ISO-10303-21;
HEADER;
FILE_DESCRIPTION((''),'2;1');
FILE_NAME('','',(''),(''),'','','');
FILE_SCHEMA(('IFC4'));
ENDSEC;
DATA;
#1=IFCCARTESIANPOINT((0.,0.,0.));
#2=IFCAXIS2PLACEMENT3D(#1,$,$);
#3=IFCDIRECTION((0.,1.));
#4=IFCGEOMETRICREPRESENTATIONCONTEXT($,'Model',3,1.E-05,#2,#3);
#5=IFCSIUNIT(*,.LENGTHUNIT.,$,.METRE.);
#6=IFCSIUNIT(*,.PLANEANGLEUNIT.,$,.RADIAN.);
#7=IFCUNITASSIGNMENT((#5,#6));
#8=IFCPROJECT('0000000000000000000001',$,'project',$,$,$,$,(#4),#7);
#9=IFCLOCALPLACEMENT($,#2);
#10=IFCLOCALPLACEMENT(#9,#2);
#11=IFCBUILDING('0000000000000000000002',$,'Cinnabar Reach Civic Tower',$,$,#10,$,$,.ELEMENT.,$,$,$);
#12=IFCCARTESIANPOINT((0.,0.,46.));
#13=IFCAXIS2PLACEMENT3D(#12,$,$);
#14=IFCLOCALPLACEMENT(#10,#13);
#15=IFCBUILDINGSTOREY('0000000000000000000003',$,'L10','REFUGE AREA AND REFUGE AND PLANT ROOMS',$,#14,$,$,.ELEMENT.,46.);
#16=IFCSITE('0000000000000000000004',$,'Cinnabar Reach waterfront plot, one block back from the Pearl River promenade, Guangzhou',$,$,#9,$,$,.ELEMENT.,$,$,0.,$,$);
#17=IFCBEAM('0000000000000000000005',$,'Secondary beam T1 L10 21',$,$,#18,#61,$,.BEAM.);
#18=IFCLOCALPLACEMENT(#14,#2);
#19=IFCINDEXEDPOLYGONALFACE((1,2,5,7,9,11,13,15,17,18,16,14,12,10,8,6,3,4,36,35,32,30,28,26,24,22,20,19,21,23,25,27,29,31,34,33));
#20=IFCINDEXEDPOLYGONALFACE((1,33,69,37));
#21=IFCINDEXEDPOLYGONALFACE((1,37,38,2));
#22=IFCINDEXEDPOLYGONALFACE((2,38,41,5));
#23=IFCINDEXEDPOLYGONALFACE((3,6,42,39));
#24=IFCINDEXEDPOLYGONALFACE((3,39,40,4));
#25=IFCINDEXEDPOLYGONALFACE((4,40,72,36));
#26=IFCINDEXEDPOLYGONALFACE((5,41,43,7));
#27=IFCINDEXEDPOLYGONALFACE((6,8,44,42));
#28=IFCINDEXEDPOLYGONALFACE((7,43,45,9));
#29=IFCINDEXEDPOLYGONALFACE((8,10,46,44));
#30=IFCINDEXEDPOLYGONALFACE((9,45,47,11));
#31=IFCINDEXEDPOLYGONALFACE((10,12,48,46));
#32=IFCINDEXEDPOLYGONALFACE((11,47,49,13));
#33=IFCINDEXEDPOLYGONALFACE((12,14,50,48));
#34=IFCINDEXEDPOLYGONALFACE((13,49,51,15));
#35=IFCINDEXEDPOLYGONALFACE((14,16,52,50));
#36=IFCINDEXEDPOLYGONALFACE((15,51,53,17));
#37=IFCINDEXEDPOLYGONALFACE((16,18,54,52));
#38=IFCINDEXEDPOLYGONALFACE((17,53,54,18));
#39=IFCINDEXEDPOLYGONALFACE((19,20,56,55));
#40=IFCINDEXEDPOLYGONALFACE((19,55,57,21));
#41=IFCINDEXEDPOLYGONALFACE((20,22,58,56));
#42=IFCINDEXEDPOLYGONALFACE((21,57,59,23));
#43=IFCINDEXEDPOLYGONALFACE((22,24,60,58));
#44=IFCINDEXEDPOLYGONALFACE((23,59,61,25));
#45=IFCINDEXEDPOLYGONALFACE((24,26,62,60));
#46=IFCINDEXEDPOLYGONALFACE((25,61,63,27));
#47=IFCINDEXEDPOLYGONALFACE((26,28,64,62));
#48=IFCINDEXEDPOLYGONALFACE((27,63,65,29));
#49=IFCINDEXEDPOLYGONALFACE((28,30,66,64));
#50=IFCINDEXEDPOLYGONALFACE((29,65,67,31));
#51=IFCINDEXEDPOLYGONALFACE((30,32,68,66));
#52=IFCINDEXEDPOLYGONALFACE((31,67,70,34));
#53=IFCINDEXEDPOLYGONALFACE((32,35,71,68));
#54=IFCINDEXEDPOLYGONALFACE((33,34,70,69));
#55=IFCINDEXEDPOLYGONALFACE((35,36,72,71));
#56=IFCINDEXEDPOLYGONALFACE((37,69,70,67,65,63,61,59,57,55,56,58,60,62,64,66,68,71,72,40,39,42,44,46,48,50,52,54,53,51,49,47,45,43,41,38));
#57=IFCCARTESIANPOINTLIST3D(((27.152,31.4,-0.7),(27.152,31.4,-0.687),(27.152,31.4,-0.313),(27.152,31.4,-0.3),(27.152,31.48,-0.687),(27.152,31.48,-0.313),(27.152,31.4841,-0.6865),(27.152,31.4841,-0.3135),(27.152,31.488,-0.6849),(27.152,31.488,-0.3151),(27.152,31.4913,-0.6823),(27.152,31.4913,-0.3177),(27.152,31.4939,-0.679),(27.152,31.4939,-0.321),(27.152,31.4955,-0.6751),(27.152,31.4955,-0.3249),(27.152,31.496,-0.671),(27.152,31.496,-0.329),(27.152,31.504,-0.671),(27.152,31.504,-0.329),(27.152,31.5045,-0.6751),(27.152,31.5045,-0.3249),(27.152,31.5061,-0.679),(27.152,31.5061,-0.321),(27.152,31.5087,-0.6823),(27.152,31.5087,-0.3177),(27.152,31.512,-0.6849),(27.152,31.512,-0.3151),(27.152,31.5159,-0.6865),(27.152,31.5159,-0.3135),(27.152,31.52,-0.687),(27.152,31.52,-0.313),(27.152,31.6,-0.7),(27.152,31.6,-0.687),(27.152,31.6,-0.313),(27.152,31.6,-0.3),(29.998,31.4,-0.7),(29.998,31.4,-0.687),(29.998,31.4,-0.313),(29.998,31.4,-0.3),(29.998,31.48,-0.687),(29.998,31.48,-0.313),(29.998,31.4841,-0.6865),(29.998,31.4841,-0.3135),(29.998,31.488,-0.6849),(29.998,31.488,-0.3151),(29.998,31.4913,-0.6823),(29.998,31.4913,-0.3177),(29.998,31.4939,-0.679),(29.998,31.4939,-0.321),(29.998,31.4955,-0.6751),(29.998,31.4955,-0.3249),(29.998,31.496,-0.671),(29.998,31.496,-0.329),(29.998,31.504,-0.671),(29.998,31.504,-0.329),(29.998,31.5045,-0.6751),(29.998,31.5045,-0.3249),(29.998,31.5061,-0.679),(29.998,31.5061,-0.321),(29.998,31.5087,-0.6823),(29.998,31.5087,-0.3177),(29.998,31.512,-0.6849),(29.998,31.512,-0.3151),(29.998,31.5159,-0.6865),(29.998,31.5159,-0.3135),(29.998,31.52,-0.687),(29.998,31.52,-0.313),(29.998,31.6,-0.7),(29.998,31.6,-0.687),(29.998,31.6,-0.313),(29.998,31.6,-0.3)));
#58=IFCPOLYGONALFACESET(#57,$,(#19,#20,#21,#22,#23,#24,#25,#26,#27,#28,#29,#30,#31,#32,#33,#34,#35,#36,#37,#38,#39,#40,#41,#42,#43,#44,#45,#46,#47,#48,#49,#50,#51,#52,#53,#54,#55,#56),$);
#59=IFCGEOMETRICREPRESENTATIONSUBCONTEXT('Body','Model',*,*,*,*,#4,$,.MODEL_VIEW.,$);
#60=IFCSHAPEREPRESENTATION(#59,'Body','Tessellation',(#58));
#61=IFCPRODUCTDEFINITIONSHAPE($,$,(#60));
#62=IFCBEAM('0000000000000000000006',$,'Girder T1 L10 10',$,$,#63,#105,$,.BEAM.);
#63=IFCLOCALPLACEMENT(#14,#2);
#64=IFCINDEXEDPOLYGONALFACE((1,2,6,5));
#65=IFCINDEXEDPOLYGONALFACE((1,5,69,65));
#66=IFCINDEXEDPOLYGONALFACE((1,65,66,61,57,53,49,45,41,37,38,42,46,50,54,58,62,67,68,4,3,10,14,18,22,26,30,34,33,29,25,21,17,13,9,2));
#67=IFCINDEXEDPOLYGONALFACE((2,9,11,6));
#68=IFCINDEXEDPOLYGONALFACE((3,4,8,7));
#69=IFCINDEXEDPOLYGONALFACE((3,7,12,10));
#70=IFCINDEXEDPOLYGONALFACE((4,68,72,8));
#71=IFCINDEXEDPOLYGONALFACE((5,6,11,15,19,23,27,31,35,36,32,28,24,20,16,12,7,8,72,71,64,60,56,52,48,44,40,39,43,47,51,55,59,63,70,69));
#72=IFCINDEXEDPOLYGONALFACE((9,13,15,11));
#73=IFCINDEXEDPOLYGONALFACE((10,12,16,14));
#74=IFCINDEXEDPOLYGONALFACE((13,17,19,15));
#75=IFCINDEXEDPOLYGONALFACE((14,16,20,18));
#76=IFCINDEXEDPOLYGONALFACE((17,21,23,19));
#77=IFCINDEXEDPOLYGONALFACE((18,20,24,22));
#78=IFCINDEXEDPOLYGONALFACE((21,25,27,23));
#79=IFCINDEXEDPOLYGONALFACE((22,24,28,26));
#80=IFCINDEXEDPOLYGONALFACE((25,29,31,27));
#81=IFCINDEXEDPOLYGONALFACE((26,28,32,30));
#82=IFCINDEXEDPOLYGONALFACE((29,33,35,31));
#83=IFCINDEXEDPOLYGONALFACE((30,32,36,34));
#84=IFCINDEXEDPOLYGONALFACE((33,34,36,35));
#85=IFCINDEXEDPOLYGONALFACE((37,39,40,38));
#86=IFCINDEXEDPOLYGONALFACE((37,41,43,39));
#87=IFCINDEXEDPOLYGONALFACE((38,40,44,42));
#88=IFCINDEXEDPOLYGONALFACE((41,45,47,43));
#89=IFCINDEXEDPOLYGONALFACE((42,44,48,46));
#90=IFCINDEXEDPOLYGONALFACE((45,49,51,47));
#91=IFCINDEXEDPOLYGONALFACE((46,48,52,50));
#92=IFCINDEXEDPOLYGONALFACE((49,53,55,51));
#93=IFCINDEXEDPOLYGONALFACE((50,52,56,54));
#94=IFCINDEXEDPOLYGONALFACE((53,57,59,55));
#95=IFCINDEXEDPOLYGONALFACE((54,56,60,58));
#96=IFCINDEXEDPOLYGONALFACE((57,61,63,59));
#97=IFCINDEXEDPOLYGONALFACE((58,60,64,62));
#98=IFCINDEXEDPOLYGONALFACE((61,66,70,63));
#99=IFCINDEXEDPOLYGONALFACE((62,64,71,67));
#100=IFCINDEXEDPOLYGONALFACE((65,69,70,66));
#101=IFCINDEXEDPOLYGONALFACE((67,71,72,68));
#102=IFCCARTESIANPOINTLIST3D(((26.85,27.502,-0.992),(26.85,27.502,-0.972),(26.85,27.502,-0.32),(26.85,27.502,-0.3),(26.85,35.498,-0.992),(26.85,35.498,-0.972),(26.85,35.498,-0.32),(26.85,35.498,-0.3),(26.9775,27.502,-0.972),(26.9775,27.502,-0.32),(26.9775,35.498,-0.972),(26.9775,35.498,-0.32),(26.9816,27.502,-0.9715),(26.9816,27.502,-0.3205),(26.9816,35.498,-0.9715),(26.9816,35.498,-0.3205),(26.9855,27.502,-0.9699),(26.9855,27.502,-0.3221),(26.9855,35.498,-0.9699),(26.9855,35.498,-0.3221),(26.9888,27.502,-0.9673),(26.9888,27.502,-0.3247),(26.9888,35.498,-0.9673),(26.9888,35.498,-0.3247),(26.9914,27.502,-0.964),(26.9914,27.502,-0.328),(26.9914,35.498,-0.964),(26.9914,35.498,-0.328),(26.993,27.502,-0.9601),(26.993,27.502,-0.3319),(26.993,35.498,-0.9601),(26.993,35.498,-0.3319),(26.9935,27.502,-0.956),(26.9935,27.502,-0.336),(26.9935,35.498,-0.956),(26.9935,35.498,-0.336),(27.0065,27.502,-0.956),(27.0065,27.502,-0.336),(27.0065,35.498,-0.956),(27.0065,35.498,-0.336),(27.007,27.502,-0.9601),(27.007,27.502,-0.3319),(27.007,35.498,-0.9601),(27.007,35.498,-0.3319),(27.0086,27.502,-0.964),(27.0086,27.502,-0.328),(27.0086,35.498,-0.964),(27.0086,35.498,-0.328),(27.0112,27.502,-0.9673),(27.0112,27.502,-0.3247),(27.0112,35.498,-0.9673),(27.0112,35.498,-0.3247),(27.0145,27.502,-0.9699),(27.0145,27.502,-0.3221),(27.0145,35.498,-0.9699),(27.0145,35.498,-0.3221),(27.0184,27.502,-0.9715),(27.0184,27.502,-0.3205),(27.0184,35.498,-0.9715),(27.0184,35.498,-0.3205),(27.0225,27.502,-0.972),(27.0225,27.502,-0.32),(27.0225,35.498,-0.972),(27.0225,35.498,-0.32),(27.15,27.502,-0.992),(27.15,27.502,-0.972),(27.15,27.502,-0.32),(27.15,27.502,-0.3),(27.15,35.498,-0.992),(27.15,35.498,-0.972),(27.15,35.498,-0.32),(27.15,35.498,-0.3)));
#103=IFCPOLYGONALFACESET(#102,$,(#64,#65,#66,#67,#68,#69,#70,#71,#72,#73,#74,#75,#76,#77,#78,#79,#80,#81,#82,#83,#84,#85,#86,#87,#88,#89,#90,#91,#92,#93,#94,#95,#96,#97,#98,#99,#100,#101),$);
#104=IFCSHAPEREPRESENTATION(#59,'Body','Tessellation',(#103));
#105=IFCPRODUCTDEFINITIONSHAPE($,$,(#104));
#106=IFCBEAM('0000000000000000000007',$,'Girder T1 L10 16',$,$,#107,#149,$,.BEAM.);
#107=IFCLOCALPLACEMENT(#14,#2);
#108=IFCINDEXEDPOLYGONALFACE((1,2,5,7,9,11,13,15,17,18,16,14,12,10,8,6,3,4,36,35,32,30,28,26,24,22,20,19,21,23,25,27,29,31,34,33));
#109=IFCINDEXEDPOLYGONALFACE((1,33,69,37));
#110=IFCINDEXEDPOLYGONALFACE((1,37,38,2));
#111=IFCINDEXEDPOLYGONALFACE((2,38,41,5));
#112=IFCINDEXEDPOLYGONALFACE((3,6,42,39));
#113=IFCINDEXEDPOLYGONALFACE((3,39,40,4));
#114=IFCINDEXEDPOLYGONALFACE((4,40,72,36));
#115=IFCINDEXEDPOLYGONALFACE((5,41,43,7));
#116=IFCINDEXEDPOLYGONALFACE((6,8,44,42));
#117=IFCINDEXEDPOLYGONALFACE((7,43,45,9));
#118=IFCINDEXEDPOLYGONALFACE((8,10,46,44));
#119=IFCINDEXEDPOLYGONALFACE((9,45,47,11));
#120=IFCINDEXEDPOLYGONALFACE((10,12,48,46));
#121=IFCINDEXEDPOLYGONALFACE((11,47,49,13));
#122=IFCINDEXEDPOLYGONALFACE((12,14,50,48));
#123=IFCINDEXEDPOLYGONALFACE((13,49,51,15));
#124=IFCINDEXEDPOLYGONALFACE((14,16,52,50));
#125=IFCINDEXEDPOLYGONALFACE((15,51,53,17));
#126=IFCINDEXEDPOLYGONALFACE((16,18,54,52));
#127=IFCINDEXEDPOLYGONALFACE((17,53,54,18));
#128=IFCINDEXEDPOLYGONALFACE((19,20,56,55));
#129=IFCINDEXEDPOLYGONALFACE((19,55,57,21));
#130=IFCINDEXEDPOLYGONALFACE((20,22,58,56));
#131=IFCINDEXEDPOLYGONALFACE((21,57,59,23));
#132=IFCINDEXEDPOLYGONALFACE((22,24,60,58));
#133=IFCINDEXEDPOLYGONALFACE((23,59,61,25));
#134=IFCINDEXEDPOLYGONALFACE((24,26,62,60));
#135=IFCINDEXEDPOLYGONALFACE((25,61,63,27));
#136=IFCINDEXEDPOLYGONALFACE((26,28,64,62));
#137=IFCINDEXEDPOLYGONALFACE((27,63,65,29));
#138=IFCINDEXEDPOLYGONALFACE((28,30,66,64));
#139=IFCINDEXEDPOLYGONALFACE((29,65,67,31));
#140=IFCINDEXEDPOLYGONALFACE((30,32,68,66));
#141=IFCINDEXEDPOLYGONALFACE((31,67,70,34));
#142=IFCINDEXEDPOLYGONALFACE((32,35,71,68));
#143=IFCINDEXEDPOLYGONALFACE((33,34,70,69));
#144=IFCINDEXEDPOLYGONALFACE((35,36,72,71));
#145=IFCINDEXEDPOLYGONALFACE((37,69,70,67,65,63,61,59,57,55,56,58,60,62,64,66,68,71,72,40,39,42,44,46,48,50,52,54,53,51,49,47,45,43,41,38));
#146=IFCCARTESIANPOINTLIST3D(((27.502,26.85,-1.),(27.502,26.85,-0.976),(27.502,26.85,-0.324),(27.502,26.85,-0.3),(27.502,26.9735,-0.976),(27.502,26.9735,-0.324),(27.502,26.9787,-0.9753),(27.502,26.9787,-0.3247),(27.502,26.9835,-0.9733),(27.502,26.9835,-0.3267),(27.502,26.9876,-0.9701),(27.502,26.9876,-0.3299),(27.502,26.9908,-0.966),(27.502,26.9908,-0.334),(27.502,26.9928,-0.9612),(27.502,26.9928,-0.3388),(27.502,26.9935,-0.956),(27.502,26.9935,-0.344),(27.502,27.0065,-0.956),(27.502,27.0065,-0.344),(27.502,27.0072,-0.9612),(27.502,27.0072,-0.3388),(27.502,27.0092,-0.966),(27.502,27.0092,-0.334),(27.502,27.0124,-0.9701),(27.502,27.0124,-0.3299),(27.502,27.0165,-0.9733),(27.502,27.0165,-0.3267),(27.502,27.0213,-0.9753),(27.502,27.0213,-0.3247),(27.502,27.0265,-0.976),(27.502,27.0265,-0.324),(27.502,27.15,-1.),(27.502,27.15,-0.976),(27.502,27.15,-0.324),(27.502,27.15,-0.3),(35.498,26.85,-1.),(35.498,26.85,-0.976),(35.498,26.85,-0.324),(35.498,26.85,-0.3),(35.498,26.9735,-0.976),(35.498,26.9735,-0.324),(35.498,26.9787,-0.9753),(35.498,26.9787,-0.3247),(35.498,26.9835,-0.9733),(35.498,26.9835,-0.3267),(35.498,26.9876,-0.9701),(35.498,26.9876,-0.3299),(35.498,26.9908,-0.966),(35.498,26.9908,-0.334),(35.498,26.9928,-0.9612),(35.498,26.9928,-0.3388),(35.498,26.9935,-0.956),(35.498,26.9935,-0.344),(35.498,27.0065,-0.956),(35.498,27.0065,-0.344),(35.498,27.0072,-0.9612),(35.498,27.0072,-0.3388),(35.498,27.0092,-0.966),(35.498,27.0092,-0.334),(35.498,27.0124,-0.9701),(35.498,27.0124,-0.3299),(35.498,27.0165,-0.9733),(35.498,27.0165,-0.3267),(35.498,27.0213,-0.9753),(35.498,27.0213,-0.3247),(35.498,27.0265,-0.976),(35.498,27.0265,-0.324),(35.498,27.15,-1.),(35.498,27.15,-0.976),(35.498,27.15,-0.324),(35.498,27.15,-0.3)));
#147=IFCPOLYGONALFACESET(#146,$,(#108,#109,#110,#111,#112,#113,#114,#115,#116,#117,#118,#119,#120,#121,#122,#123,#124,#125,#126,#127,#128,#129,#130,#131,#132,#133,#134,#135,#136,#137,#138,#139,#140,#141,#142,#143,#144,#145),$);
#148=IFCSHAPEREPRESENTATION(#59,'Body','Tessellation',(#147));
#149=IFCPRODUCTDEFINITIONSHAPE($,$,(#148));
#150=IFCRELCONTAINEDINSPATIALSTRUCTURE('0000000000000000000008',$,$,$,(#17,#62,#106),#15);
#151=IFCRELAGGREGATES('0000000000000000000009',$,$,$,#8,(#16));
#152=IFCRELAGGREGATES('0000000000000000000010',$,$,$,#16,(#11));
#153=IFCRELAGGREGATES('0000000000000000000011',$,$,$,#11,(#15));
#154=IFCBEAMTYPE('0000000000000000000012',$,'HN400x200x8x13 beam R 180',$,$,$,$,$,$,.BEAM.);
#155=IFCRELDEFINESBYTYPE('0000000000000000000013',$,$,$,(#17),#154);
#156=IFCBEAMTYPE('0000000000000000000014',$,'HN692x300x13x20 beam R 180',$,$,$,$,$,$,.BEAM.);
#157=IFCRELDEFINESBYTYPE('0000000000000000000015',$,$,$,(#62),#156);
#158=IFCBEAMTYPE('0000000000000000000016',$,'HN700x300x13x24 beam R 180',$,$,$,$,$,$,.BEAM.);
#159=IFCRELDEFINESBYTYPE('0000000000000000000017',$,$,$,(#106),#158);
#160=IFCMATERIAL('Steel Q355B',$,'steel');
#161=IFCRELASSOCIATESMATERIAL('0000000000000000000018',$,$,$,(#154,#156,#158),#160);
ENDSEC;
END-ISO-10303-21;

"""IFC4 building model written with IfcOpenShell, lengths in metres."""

from ifc_helpers import new_model, si_unit, direction, frame, origin, origin_2d, place, context, subcontext, project, spatial, i_section, extrude, material, material_profile, profile_set, type_object, element, save


model = new_model("IFC4")

# Units and contexts
model_context = context("Model", 3, precision=1e-05, world=origin(), true_north=direction((0.0, 1.0)))
body_context = subcontext(model_context, "Body", "Model", "MODEL_VIEW")
ifc_project = project(units=[si_unit("LENGTHUNIT", "METRE"), si_unit("PLANEANGLEUNIT", "RADIAN")], contexts=[model_context])

# Site, building, storey
site_placement = place(None, origin())
site = spatial("IfcSite", under=ifc_project, at=site_placement, Name="Cinnabar Reach waterfront plot, one block back from the Pearl River promenade, Guangzhou", CompositionType="ELEMENT", RefElevation=0.0)
building_placement = place(site_placement, origin())
building = spatial("IfcBuilding", under=site, at=building_placement, Name="Cinnabar Reach Civic Tower", CompositionType="ELEMENT")
storey_placement = place(building_placement, frame((0.0, 0.0, 46.0)))
storey = spatial("IfcBuildingStorey", under=building, at=storey_placement, Name="L10", Description="REFUGE AREA AND REFUGE AND PLANT ROOMS", CompositionType="ELEMENT", Elevation=46.0)

# Shared definitions
ifc_material_1 = material(Name="Steel Q355B", Category="steel")

# Beams
ifc_material_profile_1 = material_profile(ifc_material_1, i_section(OverallWidth=0.2, OverallDepth=0.4, WebThickness=0.008, FlangeThickness=0.013, FilletRadius=0.016, at=origin_2d()), Name="HN400x200x8x13")
ifc_profile_set_1 = profile_set([ifc_material_profile_1], Name="Steel Q355B")
beam_type_1 = type_object("IfcBeamType", Name="HN400x200x8x13 beam R 180", PredefinedType="BEAM", material=ifc_profile_set_1)
beam_1_placement = place(storey_placement, frame((27.152, 31.5, -0.5), z_axis=(1.0, 0.0, 0.0), x_axis=(0.0, 1.0, 0.0)))
element("IfcBeam", 1, at=beam_1_placement, inside=storey, type_object=beam_type_1, Name="Secondary beam T1 L10 21", PredefinedType="BEAM", context=body_context, shape_type="SweptSolid", body=[
    extrude(i_section(OverallWidth=0.2, OverallDepth=0.4, WebThickness=0.008, FlangeThickness=0.013, FilletRadius=0.016, at=origin_2d()), origin(), (0.0, 0.0, 1.0), 2.846),
])
ifc_material_profile_2 = material_profile(ifc_material_1, i_section(OverallWidth=0.3, OverallDepth=0.692, WebThickness=0.013, FlangeThickness=0.02, FilletRadius=0.016, at=origin_2d()), Name="HN692x300x13x20")
ifc_profile_set_2 = profile_set([ifc_material_profile_2], Name="Steel Q355B")
beam_type_2 = type_object("IfcBeamType", Name="HN692x300x13x20 beam R 180", PredefinedType="BEAM", material=ifc_profile_set_2)
beam_2_placement = place(storey_placement, frame((27.0, 27.502, -0.646), z_axis=(0.0, 1.0, 0.0), x_axis=(-1.0, 0.0, 0.0)))
element("IfcBeam", 2, at=beam_2_placement, inside=storey, type_object=beam_type_2, Name="Girder T1 L10 10", PredefinedType="BEAM", context=body_context, shape_type="SweptSolid", body=[
    extrude(i_section(OverallWidth=0.3, OverallDepth=0.692, WebThickness=0.013, FlangeThickness=0.02, FilletRadius=0.016, at=origin_2d()), origin(), (0.0, 0.0, 1.0), 7.996),
])
ifc_material_profile_3 = material_profile(ifc_material_1, i_section(OverallWidth=0.3, OverallDepth=0.7, WebThickness=0.013, FlangeThickness=0.024, FilletRadius=0.02, at=origin_2d()), Name="HN700x300x13x24")
ifc_profile_set_3 = profile_set([ifc_material_profile_3], Name="Steel Q355B")
beam_type_3 = type_object("IfcBeamType", Name="HN700x300x13x24 beam R 180", PredefinedType="BEAM", material=ifc_profile_set_3)
beam_3_placement = place(storey_placement, frame((27.502, 27.0, -0.65), z_axis=(1.0, 0.0, 0.0), x_axis=(0.0, 1.0, 0.0)))
element("IfcBeam", 3, at=beam_3_placement, inside=storey, type_object=beam_type_3, Name="Girder T1 L10 16", PredefinedType="BEAM", context=body_context, shape_type="SweptSolid", body=[
    extrude(i_section(OverallWidth=0.3, OverallDepth=0.7, WebThickness=0.013, FlangeThickness=0.024, FilletRadius=0.02, at=origin_2d()), origin(), (0.0, 0.0, 1.0), 7.996),
])

save(model, "model.ifc")
